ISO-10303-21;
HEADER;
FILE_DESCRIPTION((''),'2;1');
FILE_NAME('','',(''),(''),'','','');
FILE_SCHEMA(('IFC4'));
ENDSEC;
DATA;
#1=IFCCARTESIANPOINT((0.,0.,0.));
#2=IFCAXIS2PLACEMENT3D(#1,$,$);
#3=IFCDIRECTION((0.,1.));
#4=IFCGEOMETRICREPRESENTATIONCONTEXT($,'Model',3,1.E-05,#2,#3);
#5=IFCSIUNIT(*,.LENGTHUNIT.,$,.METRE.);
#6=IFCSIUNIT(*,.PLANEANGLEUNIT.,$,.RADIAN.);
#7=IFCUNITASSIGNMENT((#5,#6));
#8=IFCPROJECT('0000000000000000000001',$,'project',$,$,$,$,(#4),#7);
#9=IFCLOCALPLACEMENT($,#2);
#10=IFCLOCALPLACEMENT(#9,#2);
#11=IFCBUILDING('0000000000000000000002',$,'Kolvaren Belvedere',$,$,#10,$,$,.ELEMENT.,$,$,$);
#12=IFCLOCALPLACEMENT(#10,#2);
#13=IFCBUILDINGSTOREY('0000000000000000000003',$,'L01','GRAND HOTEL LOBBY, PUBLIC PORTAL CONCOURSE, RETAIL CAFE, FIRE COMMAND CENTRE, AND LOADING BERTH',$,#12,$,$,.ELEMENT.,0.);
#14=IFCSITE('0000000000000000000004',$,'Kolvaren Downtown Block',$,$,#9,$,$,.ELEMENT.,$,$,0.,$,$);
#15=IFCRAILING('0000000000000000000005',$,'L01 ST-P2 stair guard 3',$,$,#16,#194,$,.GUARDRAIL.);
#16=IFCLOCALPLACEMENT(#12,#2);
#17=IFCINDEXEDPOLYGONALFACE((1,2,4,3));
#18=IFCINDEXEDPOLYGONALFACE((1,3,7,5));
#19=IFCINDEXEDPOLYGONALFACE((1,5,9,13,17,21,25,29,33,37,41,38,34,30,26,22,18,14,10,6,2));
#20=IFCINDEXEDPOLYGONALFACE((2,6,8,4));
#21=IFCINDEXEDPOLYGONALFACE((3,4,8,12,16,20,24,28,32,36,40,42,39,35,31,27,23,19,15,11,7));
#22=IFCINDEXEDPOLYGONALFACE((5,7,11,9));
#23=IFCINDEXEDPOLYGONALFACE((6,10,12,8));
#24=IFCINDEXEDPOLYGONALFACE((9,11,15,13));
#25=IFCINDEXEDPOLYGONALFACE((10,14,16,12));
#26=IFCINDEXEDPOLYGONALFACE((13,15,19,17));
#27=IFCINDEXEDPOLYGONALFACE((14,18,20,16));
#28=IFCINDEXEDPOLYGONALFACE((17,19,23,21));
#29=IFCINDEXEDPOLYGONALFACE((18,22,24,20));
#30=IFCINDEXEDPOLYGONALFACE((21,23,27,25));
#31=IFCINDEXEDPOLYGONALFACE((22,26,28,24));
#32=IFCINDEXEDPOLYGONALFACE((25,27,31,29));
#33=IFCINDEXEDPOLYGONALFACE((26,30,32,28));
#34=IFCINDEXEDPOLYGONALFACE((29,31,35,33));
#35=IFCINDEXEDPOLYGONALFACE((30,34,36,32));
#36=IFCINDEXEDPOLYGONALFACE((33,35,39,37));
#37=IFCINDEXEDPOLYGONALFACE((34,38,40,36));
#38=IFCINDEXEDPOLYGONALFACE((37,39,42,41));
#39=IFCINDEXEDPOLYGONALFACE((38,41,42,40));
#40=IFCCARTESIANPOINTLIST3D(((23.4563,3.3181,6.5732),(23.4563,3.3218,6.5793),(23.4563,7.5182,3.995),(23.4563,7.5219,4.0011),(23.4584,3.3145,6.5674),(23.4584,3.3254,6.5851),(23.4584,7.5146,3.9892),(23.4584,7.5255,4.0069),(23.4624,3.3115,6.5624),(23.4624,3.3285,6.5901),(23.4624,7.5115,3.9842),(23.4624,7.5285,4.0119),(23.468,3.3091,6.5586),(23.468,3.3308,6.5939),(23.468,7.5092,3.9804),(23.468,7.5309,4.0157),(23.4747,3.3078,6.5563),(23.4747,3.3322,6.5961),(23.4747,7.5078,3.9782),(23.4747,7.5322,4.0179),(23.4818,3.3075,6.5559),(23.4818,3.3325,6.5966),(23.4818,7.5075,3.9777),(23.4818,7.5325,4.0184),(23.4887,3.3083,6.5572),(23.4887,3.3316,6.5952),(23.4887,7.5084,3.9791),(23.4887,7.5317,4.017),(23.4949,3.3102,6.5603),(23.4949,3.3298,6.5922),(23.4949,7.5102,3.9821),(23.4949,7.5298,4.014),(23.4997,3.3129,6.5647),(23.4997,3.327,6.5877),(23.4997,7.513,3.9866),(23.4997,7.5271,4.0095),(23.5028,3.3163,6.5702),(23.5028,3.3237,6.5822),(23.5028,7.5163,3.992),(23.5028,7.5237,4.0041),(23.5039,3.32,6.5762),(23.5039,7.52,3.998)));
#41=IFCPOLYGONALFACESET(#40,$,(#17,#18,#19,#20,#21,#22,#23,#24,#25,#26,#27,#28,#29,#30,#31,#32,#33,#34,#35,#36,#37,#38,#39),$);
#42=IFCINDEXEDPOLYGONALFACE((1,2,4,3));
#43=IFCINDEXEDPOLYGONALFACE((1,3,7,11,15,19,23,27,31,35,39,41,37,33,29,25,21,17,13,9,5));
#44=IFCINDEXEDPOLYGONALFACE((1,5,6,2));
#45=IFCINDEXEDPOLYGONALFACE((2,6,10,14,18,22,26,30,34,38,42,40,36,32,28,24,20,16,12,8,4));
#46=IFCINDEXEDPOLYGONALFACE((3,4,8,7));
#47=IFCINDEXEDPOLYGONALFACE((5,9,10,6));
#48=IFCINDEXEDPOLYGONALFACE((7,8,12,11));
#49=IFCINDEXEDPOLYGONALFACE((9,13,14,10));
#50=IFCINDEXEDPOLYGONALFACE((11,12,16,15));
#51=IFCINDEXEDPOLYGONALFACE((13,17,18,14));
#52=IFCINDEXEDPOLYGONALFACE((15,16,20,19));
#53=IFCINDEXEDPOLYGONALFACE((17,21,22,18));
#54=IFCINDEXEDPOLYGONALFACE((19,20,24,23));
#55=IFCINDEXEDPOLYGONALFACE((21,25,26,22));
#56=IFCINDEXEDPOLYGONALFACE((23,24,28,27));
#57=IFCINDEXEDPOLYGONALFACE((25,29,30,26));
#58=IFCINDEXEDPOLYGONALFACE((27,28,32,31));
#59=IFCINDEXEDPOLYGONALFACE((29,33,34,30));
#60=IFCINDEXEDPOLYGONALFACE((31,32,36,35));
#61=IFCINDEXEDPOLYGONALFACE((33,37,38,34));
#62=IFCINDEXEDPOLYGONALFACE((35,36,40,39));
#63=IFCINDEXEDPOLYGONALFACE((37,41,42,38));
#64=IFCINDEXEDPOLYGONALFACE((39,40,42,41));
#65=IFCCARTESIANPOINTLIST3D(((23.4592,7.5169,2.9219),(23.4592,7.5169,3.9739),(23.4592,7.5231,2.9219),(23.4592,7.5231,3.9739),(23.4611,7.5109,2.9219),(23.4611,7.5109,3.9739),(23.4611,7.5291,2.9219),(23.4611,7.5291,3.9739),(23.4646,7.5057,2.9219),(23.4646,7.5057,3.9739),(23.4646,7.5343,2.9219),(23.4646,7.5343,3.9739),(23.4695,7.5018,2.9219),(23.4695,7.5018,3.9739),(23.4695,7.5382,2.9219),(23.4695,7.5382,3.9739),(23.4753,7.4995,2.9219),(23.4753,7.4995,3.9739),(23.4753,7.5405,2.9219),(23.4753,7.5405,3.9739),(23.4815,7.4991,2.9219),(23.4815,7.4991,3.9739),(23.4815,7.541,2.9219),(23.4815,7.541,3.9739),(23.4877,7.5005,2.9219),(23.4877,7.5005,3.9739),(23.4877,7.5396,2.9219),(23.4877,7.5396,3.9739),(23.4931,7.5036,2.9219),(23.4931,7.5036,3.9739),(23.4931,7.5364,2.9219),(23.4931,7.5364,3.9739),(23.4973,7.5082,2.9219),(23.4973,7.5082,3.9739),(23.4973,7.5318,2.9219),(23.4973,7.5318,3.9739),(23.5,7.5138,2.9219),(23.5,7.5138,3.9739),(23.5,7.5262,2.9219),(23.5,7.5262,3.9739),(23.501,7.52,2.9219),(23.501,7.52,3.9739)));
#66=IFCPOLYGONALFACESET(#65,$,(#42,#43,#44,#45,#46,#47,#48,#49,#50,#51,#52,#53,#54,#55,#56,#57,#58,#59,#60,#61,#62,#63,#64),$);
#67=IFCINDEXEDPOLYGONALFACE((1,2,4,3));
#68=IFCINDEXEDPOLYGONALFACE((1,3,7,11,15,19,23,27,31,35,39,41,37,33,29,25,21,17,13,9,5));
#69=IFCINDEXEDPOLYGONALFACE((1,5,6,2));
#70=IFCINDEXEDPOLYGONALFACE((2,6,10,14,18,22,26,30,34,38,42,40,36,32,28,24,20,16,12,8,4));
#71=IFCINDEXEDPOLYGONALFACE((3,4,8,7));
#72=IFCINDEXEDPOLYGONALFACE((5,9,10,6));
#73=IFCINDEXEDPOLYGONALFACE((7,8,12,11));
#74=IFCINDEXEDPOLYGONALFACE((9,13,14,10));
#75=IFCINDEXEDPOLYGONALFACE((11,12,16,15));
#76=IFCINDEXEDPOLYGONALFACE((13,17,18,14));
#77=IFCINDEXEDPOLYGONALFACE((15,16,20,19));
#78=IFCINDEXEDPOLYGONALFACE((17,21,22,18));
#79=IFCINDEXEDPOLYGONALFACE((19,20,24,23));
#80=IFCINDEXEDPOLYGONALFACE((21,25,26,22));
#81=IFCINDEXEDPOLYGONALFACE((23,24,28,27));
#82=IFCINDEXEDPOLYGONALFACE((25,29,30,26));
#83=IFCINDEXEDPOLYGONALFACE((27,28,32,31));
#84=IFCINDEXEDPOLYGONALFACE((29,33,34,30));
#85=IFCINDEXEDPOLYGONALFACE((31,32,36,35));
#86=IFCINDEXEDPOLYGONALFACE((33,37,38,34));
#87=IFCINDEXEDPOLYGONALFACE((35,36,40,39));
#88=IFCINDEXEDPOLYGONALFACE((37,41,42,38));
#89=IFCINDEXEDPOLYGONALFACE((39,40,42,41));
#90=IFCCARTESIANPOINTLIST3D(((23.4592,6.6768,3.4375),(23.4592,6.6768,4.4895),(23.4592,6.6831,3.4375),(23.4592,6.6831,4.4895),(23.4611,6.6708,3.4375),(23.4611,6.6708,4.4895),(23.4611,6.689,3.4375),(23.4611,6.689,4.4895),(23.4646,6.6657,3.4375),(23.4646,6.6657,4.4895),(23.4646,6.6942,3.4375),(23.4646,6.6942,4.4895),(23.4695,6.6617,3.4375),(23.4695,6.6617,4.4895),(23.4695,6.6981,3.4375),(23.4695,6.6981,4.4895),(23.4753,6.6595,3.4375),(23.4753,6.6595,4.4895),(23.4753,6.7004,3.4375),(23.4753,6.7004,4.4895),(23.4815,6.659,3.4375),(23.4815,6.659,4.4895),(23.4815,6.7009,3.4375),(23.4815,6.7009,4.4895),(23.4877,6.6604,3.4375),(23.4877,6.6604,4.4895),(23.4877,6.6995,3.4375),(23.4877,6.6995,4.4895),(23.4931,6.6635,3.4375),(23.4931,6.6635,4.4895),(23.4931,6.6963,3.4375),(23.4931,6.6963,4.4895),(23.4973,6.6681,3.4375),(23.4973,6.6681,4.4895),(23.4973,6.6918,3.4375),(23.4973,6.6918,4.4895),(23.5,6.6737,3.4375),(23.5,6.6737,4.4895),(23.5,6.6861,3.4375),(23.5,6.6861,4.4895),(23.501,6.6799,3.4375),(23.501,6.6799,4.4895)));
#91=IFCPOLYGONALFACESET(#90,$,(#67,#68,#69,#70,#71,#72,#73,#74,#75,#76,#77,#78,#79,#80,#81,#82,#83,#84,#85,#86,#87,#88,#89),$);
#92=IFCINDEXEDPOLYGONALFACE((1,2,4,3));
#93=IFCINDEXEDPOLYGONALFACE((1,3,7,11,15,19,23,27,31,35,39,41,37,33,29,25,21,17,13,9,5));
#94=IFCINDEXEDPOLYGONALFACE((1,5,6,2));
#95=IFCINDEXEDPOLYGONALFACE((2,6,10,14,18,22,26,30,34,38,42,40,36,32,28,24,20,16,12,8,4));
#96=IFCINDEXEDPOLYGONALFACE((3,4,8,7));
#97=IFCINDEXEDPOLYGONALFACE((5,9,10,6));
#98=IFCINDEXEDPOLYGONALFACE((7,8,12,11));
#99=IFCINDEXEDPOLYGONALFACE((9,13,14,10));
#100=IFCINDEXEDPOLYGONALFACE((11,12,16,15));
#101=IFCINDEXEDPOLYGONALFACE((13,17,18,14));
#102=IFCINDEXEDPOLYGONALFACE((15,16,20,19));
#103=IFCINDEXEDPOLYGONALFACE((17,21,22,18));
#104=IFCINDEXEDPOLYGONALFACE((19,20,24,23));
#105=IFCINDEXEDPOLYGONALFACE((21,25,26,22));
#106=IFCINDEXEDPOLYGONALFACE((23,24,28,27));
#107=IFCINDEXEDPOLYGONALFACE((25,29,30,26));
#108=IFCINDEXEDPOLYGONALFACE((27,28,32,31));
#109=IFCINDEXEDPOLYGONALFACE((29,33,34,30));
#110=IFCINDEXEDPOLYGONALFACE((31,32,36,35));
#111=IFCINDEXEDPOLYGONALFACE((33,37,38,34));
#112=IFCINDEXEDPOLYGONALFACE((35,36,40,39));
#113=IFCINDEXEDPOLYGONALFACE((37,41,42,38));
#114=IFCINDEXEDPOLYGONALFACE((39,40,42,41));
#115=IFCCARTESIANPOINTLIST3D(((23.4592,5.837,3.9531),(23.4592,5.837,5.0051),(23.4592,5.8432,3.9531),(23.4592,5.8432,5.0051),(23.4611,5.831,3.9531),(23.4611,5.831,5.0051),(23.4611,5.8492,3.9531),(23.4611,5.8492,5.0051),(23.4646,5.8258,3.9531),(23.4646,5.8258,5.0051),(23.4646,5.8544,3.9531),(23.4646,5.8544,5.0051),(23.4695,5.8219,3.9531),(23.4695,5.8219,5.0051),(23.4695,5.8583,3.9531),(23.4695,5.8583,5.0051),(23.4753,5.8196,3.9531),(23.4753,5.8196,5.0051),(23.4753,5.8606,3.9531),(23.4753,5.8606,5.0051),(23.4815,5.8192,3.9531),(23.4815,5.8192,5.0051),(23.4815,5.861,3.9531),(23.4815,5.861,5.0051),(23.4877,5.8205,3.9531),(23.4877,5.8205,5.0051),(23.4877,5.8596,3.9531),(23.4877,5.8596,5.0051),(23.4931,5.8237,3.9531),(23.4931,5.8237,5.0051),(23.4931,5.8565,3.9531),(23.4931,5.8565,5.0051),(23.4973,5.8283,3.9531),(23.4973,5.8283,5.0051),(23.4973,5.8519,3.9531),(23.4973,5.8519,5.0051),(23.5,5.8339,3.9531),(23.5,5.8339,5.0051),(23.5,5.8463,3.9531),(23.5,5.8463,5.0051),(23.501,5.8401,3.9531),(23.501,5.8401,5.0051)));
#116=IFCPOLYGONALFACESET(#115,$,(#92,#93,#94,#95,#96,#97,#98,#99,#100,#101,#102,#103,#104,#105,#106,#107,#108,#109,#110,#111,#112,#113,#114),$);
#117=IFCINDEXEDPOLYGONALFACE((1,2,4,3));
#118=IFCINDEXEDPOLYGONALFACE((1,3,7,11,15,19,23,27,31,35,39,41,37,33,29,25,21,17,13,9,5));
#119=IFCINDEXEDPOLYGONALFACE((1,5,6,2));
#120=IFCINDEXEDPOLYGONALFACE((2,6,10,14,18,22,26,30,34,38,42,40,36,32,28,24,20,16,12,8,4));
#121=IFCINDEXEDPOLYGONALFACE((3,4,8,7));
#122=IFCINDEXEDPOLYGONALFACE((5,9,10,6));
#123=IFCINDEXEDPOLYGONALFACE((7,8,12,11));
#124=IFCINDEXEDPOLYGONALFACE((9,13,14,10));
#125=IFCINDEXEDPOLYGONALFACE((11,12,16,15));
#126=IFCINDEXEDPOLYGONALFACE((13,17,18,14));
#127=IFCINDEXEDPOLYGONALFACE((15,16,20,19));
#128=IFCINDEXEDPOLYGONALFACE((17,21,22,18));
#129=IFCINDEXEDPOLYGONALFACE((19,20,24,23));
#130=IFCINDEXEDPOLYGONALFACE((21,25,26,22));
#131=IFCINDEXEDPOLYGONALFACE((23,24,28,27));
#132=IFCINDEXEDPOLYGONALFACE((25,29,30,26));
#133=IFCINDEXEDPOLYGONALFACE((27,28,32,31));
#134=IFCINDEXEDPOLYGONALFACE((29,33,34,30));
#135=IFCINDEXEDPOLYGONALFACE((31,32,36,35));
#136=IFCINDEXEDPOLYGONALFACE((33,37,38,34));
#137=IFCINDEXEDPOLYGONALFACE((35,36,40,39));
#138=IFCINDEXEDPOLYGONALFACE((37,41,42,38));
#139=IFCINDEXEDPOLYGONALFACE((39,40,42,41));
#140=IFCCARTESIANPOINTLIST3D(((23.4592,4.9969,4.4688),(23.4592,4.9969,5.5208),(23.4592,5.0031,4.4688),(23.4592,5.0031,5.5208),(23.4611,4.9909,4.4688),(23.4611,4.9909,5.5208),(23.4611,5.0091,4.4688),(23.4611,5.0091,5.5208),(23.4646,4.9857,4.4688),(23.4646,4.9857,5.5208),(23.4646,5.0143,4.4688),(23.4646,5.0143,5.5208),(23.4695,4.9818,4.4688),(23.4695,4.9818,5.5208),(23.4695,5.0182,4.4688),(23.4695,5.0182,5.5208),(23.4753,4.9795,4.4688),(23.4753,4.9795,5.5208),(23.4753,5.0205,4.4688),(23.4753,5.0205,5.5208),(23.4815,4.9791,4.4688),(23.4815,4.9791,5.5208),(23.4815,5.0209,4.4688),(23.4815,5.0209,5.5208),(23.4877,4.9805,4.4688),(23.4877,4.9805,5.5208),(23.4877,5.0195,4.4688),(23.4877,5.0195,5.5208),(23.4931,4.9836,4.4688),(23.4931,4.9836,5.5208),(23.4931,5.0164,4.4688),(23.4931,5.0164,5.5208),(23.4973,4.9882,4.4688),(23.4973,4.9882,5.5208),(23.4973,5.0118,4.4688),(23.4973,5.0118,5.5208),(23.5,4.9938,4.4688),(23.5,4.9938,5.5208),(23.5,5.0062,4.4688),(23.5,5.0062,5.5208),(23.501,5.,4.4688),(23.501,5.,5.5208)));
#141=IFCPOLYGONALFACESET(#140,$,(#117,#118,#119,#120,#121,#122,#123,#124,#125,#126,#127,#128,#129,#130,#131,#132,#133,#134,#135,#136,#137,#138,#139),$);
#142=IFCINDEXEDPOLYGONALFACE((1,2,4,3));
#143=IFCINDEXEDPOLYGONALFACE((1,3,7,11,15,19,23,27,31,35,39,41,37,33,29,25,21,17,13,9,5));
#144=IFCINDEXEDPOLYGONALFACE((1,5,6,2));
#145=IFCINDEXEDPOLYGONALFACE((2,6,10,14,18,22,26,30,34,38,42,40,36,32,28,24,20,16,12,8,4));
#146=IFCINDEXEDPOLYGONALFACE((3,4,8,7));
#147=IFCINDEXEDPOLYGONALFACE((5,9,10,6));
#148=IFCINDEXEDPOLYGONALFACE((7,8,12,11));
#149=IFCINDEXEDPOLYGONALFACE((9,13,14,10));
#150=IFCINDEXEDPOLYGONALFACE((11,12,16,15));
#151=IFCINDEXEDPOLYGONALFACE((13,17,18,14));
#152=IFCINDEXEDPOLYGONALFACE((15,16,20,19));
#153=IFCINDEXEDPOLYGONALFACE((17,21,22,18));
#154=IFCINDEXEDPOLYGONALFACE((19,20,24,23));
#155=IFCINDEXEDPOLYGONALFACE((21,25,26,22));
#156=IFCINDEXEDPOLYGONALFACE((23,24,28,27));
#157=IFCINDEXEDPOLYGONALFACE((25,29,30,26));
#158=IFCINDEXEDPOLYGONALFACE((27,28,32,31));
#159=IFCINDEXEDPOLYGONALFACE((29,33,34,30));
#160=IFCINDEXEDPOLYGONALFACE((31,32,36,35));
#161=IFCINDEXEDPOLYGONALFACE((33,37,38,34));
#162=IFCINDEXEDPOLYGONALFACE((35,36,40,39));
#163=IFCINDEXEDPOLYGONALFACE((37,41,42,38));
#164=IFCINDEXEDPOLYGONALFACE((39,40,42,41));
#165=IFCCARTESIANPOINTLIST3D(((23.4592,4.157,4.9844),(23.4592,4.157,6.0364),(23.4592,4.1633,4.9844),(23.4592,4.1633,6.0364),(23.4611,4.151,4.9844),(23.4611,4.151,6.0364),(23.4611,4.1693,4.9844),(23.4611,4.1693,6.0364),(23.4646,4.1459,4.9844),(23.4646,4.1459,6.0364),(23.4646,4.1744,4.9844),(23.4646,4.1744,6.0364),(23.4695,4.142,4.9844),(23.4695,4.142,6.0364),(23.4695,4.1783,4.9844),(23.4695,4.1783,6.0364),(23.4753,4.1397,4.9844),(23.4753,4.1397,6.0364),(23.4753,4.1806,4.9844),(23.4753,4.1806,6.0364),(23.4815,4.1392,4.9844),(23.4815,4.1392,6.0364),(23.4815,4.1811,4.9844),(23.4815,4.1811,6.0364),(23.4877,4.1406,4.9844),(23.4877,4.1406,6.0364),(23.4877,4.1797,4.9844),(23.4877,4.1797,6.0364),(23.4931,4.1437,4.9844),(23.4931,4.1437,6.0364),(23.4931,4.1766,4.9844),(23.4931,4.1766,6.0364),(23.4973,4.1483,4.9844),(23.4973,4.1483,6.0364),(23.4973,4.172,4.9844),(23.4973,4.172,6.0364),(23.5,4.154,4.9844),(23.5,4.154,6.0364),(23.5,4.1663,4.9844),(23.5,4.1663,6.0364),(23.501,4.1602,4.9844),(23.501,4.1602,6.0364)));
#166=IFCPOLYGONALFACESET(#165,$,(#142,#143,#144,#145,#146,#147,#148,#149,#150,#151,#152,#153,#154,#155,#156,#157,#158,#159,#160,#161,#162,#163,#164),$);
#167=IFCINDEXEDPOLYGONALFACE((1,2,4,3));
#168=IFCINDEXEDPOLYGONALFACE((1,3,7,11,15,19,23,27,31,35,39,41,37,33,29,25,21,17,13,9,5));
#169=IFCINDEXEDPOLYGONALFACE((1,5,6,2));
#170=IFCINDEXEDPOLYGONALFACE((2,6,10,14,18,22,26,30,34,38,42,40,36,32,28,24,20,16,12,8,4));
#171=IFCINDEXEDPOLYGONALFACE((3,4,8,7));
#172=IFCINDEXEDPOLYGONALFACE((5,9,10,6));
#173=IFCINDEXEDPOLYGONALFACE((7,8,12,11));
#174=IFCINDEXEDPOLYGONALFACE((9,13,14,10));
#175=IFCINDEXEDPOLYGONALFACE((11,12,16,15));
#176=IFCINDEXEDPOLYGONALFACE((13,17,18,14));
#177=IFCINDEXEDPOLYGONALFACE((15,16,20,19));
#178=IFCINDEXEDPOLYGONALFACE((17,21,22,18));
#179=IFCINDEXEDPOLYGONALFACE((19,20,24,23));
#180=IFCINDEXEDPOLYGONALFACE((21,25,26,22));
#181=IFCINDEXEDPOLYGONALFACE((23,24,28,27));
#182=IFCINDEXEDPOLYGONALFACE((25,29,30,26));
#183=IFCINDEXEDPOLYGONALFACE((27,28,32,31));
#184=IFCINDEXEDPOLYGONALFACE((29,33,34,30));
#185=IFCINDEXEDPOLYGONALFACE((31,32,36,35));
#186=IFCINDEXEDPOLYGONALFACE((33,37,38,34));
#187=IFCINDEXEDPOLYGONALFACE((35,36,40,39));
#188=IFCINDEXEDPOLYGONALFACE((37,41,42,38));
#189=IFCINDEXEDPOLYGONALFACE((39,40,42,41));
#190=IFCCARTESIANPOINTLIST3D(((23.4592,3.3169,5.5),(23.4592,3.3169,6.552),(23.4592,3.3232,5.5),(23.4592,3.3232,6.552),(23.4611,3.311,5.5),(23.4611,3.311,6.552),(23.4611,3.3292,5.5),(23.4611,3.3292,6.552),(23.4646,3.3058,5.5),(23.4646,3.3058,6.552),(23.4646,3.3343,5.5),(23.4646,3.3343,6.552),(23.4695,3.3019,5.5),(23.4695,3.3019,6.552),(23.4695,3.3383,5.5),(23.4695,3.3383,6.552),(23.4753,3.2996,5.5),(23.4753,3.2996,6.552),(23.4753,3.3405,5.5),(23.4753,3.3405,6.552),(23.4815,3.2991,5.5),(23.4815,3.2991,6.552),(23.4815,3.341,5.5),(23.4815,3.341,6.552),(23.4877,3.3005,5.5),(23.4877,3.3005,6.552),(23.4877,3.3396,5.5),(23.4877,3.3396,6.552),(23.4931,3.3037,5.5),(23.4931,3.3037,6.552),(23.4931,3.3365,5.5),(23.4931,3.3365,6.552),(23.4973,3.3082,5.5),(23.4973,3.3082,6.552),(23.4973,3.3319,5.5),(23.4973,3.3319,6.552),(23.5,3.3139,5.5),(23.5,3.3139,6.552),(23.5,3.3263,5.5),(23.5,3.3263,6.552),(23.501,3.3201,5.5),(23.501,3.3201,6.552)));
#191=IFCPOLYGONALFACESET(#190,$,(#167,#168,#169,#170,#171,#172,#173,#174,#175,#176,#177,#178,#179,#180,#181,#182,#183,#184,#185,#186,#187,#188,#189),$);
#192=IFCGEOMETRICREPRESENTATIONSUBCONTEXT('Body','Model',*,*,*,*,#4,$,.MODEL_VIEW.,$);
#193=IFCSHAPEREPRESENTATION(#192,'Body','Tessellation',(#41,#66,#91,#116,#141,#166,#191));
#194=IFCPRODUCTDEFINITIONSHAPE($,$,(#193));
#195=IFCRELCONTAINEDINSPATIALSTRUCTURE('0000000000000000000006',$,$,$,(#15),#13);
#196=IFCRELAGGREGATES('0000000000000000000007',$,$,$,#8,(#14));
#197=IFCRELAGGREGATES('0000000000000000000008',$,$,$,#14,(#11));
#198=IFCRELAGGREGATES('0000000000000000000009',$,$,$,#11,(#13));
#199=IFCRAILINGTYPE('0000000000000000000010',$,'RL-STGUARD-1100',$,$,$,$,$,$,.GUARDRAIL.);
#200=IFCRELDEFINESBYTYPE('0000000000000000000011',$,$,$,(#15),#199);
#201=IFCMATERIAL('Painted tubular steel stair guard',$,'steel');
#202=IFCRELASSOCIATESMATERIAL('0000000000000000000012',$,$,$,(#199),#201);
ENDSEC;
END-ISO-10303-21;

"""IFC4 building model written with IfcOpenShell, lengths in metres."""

from ifc_helpers import new_model, si_unit, direction, frame, origin, origin_2d, place, context, subcontext, project, spatial, circle, extrude, material, type_object, element, save


model = new_model("IFC4")

# Units and contexts
model_context = context("Model", 3, precision=1e-05, world=origin(), true_north=direction((0.0, 1.0)))
body_context = subcontext(model_context, "Body", "Model", "MODEL_VIEW")
ifc_project = project(units=[si_unit("LENGTHUNIT", "METRE"), si_unit("PLANEANGLEUNIT", "RADIAN")], contexts=[model_context])

# Site, building, storey
site_placement = place(None, origin())
site = spatial("IfcSite", under=ifc_project, at=site_placement, Name="Kolvaren Downtown Block", CompositionType="ELEMENT", RefElevation=0.0)
building_placement = place(site_placement, origin())
building = spatial("IfcBuilding", under=site, at=building_placement, Name="Kolvaren Belvedere", CompositionType="ELEMENT")
storey_placement = place(building_placement, origin())
storey = spatial("IfcBuildingStorey", under=building, at=storey_placement, Name="L01", Description="GRAND HOTEL LOBBY, PUBLIC PORTAL CONCOURSE, RETAIL CAFE, FIRE COMMAND CENTRE, AND LOADING BERTH", CompositionType="ELEMENT", Elevation=0.0)

# Railing
ifc_material_1 = material(Name="Painted tubular steel stair guard", Category="steel")
railing_type = type_object("IfcRailingType", Name="RL-STGUARD-1100", PredefinedType="GUARDRAIL", material=ifc_material_1)
railing_1_placement = place(storey_placement, frame((23.48, 7.52, 2.9219)))
element("IfcRailing", 1, at=railing_1_placement, inside=storey, type_object=railing_type, Name="L01 ST-P2 stair guard 3", PredefinedType="GUARDRAIL", context=body_context, shape_type="SweptSolid", body=[
    extrude(circle(Radius=0.0239, at=origin_2d()), frame((0.0, 0.0, 1.0762), z_axis=(0.0, -0.852243, 0.523146), x_axis=(1.0, 0.0, 0.0)), (0.0, 0.0, 1.0), 4.9282),
    extrude(circle(Radius=0.021, at=origin_2d()), origin(), (0.0, 0.0, 1.0), 1.052),
    extrude(circle(Radius=0.021, at=origin_2d()), frame((0.0, -0.8401, 0.5156)), (0.0, 0.0, 1.0), 1.052),
    extrude(circle(Radius=0.021, at=origin_2d()), frame((0.0, -1.6799, 1.0312)), (0.0, 0.0, 1.0), 1.052),
    extrude(circle(Radius=0.021, at=origin_2d()), frame((0.0, -2.52, 1.5469)), (0.0, 0.0, 1.0), 1.052),
    extrude(circle(Radius=0.021, at=origin_2d()), frame((0.0, -3.3599, 2.0625)), (0.0, 0.0, 1.0), 1.052),
    extrude(circle(Radius=0.021, at=origin_2d()), frame((0.0, -4.2, 2.5781)), (0.0, 0.0, 1.0), 1.052),
])

save(model, "model.ifc")
